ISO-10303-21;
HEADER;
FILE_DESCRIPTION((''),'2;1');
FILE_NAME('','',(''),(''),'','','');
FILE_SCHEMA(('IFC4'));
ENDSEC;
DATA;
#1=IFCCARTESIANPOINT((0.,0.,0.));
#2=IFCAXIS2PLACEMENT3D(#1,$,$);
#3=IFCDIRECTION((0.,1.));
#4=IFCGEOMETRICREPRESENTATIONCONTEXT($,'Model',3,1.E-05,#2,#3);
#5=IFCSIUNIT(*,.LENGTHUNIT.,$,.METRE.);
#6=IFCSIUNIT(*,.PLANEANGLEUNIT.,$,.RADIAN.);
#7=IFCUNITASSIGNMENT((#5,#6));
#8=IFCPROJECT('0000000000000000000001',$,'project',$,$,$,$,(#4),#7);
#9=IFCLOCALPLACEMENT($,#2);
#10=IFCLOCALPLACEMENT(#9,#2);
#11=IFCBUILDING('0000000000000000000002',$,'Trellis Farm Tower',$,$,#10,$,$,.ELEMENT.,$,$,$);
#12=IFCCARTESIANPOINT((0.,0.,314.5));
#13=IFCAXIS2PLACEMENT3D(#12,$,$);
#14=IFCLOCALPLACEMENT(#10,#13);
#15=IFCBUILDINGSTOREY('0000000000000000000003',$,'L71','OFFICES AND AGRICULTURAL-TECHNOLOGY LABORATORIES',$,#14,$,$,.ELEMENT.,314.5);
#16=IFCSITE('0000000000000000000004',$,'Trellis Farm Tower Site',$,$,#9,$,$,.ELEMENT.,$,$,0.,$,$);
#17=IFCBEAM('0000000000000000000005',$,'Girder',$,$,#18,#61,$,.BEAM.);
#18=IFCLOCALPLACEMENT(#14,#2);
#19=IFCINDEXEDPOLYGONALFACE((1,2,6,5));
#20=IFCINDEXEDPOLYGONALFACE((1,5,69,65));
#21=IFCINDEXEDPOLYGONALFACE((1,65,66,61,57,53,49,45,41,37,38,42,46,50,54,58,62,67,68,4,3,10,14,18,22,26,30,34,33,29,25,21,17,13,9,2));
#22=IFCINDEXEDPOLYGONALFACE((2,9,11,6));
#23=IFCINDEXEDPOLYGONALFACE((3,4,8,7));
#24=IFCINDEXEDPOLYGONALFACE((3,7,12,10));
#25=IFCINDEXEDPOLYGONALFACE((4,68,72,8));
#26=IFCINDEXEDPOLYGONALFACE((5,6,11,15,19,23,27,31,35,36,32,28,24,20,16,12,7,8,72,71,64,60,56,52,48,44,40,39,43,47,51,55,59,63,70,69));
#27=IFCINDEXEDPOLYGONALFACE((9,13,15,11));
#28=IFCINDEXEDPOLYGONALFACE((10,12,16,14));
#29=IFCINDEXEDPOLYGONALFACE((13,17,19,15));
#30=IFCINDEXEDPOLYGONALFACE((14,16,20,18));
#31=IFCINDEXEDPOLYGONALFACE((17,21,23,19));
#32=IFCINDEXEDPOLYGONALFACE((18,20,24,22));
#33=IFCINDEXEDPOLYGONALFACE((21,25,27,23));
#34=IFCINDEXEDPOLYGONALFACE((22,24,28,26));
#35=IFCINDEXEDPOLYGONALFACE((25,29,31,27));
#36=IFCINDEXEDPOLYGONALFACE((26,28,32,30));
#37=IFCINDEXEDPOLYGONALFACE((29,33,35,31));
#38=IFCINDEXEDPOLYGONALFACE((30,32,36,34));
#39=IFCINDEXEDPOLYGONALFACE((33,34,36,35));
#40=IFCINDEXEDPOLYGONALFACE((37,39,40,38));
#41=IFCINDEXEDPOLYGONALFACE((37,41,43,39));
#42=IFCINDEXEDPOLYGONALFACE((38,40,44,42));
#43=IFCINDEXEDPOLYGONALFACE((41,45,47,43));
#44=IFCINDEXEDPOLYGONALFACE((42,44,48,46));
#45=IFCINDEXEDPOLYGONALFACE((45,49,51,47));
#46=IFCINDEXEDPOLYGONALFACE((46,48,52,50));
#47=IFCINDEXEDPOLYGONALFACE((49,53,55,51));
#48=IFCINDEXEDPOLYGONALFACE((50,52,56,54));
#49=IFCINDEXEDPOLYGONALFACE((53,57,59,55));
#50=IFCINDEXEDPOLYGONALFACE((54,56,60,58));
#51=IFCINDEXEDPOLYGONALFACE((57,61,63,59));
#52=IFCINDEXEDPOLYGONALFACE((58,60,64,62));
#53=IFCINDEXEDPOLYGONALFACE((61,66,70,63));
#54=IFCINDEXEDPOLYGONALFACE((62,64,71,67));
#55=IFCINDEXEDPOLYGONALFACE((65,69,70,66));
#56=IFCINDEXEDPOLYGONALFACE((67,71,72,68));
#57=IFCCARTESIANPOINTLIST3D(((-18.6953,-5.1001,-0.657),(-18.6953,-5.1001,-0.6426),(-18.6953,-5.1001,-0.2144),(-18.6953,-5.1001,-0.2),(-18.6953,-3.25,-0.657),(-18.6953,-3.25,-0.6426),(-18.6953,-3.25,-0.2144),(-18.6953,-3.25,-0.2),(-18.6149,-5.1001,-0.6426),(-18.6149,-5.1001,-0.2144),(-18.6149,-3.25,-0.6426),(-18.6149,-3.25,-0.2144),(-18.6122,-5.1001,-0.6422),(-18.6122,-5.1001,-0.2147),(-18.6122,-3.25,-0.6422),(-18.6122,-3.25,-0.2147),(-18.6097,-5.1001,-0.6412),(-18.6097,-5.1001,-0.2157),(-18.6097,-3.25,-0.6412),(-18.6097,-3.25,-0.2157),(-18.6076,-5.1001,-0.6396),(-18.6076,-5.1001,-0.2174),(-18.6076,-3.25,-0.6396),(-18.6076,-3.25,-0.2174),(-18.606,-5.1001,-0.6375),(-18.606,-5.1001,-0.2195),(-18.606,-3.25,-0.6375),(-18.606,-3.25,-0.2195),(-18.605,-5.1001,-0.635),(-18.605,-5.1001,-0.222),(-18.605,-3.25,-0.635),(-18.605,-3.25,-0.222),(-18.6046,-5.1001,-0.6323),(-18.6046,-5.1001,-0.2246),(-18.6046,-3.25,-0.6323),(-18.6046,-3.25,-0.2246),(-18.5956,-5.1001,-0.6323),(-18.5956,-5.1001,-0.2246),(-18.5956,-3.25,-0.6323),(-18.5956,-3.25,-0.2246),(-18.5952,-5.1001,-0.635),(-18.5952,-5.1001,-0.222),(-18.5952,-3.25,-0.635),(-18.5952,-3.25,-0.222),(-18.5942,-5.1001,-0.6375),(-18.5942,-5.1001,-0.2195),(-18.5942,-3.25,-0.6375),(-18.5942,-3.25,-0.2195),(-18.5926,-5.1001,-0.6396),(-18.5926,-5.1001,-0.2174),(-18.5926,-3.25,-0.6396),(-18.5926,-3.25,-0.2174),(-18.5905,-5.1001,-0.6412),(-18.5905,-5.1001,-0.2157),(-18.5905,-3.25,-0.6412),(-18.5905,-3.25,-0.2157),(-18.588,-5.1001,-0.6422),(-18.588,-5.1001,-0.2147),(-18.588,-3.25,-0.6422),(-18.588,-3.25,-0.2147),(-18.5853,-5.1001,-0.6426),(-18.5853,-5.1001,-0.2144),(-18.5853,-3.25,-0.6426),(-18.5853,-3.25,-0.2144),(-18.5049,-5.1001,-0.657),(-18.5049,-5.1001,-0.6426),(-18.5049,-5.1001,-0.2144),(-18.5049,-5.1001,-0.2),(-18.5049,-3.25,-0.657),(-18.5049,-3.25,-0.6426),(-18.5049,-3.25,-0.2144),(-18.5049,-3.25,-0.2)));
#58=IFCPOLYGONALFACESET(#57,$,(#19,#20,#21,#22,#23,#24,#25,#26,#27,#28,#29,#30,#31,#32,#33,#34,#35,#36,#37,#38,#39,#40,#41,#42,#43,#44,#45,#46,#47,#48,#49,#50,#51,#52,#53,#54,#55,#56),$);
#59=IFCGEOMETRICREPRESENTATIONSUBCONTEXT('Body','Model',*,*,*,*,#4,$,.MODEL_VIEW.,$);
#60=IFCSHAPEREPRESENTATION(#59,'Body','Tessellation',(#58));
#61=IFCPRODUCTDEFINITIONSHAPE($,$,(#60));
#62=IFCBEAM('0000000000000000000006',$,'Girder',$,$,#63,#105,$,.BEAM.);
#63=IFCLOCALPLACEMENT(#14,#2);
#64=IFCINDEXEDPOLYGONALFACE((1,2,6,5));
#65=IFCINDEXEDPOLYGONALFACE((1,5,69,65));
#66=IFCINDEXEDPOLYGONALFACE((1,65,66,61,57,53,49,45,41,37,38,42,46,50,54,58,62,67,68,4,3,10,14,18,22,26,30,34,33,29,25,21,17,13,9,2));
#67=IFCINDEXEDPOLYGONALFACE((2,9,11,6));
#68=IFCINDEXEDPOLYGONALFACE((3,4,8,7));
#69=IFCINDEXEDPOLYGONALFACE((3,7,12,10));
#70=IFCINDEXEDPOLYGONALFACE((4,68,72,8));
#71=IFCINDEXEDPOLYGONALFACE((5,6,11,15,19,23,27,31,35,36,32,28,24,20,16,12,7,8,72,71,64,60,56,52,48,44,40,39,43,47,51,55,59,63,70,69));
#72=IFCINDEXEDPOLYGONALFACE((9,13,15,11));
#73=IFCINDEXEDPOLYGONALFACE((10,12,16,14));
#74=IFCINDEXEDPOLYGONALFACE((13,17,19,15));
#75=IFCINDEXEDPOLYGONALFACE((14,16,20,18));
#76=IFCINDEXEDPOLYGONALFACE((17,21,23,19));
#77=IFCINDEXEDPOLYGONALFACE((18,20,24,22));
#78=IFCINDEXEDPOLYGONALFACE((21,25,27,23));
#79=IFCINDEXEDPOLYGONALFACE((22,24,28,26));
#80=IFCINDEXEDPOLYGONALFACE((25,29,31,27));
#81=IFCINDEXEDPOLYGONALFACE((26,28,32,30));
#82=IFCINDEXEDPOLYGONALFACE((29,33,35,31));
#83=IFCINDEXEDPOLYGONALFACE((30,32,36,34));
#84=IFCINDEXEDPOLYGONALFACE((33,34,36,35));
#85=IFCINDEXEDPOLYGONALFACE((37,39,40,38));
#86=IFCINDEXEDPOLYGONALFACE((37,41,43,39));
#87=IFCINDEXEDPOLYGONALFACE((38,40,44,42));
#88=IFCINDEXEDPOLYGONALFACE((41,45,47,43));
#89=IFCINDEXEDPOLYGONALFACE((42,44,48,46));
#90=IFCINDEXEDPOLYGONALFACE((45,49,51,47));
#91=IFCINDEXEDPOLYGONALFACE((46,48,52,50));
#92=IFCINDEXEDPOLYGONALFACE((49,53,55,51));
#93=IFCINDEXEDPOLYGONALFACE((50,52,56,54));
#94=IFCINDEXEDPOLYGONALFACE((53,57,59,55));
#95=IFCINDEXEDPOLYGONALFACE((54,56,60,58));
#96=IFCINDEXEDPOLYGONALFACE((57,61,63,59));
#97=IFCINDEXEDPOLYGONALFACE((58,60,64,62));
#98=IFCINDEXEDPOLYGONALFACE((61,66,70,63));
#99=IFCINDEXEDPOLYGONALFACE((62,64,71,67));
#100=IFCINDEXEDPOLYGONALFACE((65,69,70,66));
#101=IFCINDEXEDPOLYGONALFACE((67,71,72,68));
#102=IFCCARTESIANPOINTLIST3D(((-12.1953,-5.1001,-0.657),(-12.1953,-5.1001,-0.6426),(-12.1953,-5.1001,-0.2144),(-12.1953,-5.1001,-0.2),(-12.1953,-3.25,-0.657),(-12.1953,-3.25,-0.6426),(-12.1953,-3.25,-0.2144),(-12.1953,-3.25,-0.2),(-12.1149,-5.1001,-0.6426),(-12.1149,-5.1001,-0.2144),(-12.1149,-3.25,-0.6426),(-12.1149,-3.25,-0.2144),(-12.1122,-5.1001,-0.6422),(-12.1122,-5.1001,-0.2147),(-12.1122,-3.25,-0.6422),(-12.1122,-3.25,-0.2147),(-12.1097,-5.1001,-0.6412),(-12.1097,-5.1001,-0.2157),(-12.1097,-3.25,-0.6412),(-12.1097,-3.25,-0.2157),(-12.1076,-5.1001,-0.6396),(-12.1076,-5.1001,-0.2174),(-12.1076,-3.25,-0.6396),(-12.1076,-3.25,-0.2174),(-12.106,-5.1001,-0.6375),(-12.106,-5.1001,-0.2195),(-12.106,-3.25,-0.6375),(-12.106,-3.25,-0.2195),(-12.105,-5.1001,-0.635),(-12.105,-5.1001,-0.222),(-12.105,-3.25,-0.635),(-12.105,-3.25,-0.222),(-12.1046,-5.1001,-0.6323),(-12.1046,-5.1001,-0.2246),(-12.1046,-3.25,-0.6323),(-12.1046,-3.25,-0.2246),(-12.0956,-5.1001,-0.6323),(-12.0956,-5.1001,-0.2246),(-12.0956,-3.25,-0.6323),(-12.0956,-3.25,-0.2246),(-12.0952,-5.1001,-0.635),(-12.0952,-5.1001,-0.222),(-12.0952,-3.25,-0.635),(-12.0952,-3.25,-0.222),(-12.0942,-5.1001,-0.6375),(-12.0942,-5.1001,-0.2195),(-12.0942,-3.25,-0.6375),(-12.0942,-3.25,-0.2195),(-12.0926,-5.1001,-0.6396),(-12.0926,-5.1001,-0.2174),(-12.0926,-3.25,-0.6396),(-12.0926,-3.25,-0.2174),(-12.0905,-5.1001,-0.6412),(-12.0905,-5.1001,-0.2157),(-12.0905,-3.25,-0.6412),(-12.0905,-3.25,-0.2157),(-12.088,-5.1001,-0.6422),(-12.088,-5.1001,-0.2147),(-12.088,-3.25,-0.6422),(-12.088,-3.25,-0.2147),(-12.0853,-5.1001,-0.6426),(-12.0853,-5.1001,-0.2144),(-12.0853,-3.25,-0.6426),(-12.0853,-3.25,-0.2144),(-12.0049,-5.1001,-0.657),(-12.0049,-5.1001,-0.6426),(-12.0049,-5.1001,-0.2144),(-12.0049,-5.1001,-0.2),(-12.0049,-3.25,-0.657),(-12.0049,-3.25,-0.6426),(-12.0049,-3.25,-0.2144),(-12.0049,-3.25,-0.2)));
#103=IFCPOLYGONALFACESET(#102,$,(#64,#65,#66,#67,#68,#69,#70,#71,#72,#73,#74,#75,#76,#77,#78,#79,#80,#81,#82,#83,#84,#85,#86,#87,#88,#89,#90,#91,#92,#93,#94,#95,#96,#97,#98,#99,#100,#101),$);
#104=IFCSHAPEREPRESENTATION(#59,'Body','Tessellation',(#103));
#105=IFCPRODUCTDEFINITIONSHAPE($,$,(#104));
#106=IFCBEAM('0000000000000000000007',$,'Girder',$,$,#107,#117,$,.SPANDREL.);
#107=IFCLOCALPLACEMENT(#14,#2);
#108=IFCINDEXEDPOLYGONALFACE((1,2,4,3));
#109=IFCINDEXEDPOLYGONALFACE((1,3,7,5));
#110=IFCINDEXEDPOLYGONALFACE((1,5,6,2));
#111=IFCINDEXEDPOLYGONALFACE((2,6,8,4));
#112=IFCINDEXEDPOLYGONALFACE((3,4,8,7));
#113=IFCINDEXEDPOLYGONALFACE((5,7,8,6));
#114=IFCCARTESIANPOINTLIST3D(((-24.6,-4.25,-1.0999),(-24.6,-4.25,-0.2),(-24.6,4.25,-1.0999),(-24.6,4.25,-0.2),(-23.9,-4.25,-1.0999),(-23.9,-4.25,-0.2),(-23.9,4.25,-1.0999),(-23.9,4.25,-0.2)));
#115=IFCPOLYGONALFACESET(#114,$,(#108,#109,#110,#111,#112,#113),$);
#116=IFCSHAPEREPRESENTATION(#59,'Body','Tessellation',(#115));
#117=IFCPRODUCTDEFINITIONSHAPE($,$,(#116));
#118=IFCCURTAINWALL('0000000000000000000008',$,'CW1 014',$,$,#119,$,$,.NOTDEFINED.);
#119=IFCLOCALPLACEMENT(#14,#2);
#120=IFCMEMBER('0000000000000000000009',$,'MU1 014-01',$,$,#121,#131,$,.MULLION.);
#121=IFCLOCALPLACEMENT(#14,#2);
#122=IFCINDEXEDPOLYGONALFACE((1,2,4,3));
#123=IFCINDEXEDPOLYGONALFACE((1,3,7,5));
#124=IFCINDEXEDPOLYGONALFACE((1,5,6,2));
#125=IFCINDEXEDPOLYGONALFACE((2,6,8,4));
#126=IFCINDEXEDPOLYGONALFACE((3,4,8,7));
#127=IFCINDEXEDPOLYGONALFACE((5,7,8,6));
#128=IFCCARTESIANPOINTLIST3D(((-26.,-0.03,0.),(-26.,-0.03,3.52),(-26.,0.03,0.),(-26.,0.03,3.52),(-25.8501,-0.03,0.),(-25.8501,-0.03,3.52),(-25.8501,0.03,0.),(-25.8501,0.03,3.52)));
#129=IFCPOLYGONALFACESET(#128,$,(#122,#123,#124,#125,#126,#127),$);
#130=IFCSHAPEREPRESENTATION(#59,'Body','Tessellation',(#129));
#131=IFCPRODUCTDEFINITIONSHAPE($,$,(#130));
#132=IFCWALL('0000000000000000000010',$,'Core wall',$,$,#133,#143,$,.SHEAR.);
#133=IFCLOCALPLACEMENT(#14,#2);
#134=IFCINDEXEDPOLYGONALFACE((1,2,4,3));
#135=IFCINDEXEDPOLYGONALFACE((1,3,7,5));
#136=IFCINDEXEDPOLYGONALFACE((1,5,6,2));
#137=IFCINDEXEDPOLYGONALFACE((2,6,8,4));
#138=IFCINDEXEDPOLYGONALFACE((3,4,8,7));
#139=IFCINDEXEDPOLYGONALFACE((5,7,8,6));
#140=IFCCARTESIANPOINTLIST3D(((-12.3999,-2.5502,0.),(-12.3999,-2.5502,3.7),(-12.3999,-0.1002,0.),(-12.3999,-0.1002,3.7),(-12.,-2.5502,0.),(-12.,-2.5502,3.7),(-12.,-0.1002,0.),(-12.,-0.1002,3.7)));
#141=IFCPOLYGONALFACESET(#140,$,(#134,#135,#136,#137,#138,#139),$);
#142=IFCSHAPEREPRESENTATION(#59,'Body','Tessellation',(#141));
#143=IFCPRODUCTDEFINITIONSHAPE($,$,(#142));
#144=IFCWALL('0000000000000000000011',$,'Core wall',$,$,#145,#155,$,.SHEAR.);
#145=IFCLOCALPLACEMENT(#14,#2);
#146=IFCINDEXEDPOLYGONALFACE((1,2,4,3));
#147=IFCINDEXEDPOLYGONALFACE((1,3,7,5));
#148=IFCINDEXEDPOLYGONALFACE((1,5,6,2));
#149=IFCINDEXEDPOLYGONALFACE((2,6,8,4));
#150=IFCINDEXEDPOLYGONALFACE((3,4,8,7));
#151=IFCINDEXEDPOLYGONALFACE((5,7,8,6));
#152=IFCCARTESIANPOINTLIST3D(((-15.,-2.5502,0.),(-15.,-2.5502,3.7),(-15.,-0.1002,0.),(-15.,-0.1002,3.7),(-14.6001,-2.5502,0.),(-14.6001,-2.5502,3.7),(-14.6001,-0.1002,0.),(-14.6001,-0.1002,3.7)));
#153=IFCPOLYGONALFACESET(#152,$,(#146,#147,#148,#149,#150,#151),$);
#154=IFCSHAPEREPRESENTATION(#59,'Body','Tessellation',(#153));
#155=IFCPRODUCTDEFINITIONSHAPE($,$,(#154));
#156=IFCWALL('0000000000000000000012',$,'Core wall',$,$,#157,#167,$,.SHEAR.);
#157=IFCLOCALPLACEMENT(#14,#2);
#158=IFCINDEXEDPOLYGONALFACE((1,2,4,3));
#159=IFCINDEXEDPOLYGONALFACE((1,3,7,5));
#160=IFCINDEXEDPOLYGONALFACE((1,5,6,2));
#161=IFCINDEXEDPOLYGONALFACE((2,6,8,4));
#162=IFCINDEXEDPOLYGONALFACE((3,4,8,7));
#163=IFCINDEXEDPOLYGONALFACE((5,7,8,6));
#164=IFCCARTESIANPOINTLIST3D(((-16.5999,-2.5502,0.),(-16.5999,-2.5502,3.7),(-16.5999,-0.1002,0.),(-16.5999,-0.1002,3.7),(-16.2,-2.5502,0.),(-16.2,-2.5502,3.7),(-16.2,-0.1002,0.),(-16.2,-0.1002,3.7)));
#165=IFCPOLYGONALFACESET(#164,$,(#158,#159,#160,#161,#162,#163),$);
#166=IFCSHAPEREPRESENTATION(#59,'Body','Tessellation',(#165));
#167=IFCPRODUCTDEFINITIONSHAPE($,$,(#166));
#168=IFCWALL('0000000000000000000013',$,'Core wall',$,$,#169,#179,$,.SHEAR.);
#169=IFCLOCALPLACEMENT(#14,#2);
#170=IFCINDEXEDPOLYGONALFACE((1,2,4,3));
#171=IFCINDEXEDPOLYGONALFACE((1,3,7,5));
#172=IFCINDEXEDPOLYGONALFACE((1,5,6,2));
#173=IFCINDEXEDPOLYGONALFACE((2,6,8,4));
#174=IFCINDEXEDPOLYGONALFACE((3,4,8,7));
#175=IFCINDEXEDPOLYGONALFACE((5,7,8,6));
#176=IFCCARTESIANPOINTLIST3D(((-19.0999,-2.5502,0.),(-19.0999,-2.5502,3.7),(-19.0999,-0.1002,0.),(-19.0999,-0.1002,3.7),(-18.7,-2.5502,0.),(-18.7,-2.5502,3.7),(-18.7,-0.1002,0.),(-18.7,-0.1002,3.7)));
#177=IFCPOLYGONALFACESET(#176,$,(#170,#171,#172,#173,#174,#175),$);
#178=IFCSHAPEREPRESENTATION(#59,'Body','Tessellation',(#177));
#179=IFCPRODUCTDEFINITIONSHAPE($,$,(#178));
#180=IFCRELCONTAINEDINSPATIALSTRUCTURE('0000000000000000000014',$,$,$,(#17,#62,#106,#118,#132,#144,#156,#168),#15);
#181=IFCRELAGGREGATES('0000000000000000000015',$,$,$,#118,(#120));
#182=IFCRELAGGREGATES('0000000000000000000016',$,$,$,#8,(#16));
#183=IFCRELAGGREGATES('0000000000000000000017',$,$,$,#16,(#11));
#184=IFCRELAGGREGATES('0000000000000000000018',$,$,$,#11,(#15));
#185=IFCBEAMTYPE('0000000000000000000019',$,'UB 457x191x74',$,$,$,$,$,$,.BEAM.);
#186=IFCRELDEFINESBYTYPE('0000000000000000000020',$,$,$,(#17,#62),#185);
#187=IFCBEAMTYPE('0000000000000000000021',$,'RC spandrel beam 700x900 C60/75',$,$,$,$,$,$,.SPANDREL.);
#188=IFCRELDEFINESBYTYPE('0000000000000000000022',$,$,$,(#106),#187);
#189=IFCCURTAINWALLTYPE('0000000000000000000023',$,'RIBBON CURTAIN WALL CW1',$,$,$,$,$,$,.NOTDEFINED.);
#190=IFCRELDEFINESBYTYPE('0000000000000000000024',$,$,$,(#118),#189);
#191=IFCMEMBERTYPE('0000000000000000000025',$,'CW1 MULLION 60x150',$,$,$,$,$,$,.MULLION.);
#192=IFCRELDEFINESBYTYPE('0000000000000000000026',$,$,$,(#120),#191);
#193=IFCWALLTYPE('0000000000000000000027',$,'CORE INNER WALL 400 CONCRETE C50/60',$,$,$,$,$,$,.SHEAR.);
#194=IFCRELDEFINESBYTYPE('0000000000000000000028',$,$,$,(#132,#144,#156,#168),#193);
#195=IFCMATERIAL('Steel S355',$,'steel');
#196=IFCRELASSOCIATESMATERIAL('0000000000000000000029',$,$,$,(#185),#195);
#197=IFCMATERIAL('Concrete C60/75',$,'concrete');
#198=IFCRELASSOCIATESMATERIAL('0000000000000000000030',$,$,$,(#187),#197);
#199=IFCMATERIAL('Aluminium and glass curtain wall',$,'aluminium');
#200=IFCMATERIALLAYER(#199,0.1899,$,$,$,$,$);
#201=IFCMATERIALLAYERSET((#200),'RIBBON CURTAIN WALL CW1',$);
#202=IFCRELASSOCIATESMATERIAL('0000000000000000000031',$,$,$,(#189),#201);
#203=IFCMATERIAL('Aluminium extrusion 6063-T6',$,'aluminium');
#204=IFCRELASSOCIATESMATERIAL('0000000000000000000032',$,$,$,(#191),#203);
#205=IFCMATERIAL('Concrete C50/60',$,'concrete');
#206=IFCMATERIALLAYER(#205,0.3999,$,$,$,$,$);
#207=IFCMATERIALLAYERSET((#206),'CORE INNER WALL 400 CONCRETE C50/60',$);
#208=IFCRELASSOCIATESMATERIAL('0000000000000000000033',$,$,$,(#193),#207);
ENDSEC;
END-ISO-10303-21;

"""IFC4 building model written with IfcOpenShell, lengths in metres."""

from ifc_helpers import new_model, si_unit, direction, frame, frame_2d, origin, origin_2d, place, context, subcontext, project, spatial, rectangle, i_section, extrude, source, transform, mapped, material, layer, layer_set, material_profile, profile_set, type_object, element, aggregate, save


model = new_model("IFC4")

# Units and contexts
model_context = context("Model", 3, precision=1e-05, world=origin(), true_north=direction((0.0, 1.0)))
body_context = subcontext(model_context, "Body", "Model", "MODEL_VIEW")
ifc_project = project(units=[si_unit("LENGTHUNIT", "METRE"), si_unit("PLANEANGLEUNIT", "RADIAN")], contexts=[model_context])

# Site, building, storey
site_placement = place(None, origin())
site = spatial("IfcSite", under=ifc_project, at=site_placement, Name="Trellis Farm Tower Site", CompositionType="ELEMENT", RefElevation=0.0)
building_placement = place(site_placement, origin())
building = spatial("IfcBuilding", under=site, at=building_placement, Name="Trellis Farm Tower", CompositionType="ELEMENT")
storey_placement = place(building_placement, frame((0.0, 0.0, 314.5)))
storey = spatial("IfcBuildingStorey", under=building, at=storey_placement, Name="L71", Description="OFFICES AND AGRICULTURAL-TECHNOLOGY LABORATORIES", CompositionType="ELEMENT", Elevation=314.5)

# Shared definitions
ifc_material_1 = material(Name="Concrete C60/75", Category="concrete")

# Beams
ifc_material_2 = material(Name="Steel S355", Category="steel")
ifc_material_profile_1 = material_profile(ifc_material_2, i_section(OverallWidth=0.1904, OverallDepth=0.457, WebThickness=0.009, FlangeThickness=0.0144, FilletRadius=0.0103, at=origin_2d()), Name="UB 457x191x74")
ifc_profile_set_1 = profile_set([ifc_material_profile_1], Name="Steel S355")
beam_type_1 = type_object("IfcBeamType", Name="UB 457x191x74", PredefinedType="BEAM", material=ifc_profile_set_1)
shared_shape_1 = source(origin(), body_context, "Body", "SweptSolid", [
    extrude(i_section(OverallWidth=0.1904, OverallDepth=0.457, WebThickness=0.009, FlangeThickness=0.0144, FilletRadius=0.0103, at=origin_2d()), origin(), (0.0, 0.0, 1.0), 1.8501),
])
for number, where, z_axis, x_axis, name in (
    (1, (-18.6001, -5.1001, -0.4285), (0.0, 1.0, 0.0), (-1.0, 0.0, 0.0), "Girder"),
    (2, (-12.1001, -5.1001, -0.4285), (0.0, 1.0, 0.0), (-1.0, 0.0, 0.0), "Girder"),
):
    element("IfcBeam", number, at=place(storey_placement, frame(where, z_axis=z_axis, x_axis=x_axis)), inside=storey, type_object=beam_type_1, Name=name, PredefinedType="BEAM", context=body_context, shape_type="MappedRepresentation", body=[
        mapped(shared_shape_1, transform((0.0, 0.0, 0.0))),
    ])
ifc_material_profile_2 = material_profile(ifc_material_1, rectangle(XDim=0.7, YDim=0.8999, at=origin_2d()), Name="RC spandrel beam 700x900 C60/75")
ifc_profile_set_2 = profile_set([ifc_material_profile_2], Name="Concrete C60/75")
beam_type_2 = type_object("IfcBeamType", Name="RC spandrel beam 700x900 C60/75", PredefinedType="SPANDREL", material=ifc_profile_set_2)
shared_shape_2 = source(origin(), body_context, "Body", "SweptSolid", [
    extrude(rectangle(XDim=0.7, YDim=0.8999, at=origin_2d()), origin(), (0.0, 0.0, 1.0), 8.5),
])
beam_1_placement = place(storey_placement, frame((-24.25, -4.25, -0.6499), z_axis=(0.0, 1.0, 0.0), x_axis=(-1.0, 0.0, 0.0)))
element("IfcBeam", 3, at=beam_1_placement, inside=storey, type_object=beam_type_2, Name="Girder", PredefinedType="SPANDREL", context=body_context, shape_type="MappedRepresentation", body=[
    mapped(shared_shape_2, transform((0.0, 0.0, 0.0))),
])

# Curtain wall, member
ifc_material_3 = material(Name="Aluminium and glass curtain wall", Category="aluminium")
ifc_layer_1 = layer(ifc_material_3, 0.1899)
ifc_layer_set_1 = layer_set([ifc_layer_1], Name="RIBBON CURTAIN WALL CW1")
curtain_wall_type = type_object("IfcCurtainWallType", Name="RIBBON CURTAIN WALL CW1", PredefinedType="NOTDEFINED", material=ifc_layer_set_1)
curtain_wall_placement = place(storey_placement, origin())
curtain_wall = element("IfcCurtainWall", 4, at=curtain_wall_placement, inside=storey, type_object=curtain_wall_type, Name="CW1 014", PredefinedType="NOTDEFINED")
ifc_material_4 = material(Name="Aluminium extrusion 6063-T6", Category="aluminium")
ifc_material_profile_3 = material_profile(ifc_material_4, rectangle(XDim=0.0601, YDim=0.1499, at=origin_2d()), Name="MULLION 60x150")
ifc_profile_set_3 = profile_set([ifc_material_profile_3], Name="Aluminium extrusion 6063-T6")
member_type = type_object("IfcMemberType", Name="CW1 MULLION 60x150", PredefinedType="MULLION", material=ifc_profile_set_3)
shared_shape_3 = source(origin(), body_context, "Body", "SweptSolid", [
    extrude(rectangle(XDim=0.0601, YDim=0.1499, at=origin_2d()), origin(), (0.0, 0.0, 1.0), 3.52),
])
member_placement = place(storey_placement, frame((-25.925, 0.0, 0.0), z_axis=(0.0, 0.0, 1.0), x_axis=(0.0, -1.0, 0.0)))
member = element("IfcMember", 5, at=member_placement, type_object=member_type, Name="MU1 014-01", PredefinedType="MULLION", context=body_context, shape_type="MappedRepresentation", body=[
    mapped(shared_shape_3, transform((0.0, 0.0, 0.0))),
])
aggregate(curtain_wall, [member])

# Walls
ifc_material_5 = material(Name="Concrete C50/60", Category="concrete")
ifc_layer_2 = layer(ifc_material_5, 0.3999)
ifc_layer_set_2 = layer_set([ifc_layer_2], Name="CORE INNER WALL 400 CONCRETE C50/60")
wall_type_1 = type_object("IfcWallType", Name="CORE INNER WALL 400 CONCRETE C50/60", PredefinedType="SHEAR", material=ifc_layer_set_2)
shared_shape_4 = source(origin(), body_context, "Body", "SweptSolid", [
    extrude(rectangle(XDim=2.45, YDim=0.3999, at=frame_2d((1.2251, 0.0))), origin(), (0.0, 0.0, 1.0), 3.7),
])
for number, where, z_axis, x_axis, name in (
    (6, (-12.2, -0.1001, 0.0), (0.0, 0.0, 1.0), (0.0, -1.0, 0.0), "Core wall"),
    (7, (-14.8, -0.1001, 0.0), (0.0, 0.0, 1.0), (0.0, -1.0, 0.0), "Core wall"),
    (8, (-16.3999, -0.1001, 0.0), (0.0, 0.0, 1.0), (0.0, -1.0, 0.0), "Core wall"),
    (9, (-18.8999, -0.1001, 0.0), (0.0, 0.0, 1.0), (0.0, -1.0, 0.0), "Core wall"),
):
    element("IfcWall", number, at=place(storey_placement, frame(where, z_axis=z_axis, x_axis=x_axis)), inside=storey, type_object=wall_type_1, Name=name, PredefinedType="SHEAR", context=body_context, shape_type="MappedRepresentation", body=[
        mapped(shared_shape_4, transform((0.0, 0.0, 0.0))),
    ])

save(model, "model.ifc")
